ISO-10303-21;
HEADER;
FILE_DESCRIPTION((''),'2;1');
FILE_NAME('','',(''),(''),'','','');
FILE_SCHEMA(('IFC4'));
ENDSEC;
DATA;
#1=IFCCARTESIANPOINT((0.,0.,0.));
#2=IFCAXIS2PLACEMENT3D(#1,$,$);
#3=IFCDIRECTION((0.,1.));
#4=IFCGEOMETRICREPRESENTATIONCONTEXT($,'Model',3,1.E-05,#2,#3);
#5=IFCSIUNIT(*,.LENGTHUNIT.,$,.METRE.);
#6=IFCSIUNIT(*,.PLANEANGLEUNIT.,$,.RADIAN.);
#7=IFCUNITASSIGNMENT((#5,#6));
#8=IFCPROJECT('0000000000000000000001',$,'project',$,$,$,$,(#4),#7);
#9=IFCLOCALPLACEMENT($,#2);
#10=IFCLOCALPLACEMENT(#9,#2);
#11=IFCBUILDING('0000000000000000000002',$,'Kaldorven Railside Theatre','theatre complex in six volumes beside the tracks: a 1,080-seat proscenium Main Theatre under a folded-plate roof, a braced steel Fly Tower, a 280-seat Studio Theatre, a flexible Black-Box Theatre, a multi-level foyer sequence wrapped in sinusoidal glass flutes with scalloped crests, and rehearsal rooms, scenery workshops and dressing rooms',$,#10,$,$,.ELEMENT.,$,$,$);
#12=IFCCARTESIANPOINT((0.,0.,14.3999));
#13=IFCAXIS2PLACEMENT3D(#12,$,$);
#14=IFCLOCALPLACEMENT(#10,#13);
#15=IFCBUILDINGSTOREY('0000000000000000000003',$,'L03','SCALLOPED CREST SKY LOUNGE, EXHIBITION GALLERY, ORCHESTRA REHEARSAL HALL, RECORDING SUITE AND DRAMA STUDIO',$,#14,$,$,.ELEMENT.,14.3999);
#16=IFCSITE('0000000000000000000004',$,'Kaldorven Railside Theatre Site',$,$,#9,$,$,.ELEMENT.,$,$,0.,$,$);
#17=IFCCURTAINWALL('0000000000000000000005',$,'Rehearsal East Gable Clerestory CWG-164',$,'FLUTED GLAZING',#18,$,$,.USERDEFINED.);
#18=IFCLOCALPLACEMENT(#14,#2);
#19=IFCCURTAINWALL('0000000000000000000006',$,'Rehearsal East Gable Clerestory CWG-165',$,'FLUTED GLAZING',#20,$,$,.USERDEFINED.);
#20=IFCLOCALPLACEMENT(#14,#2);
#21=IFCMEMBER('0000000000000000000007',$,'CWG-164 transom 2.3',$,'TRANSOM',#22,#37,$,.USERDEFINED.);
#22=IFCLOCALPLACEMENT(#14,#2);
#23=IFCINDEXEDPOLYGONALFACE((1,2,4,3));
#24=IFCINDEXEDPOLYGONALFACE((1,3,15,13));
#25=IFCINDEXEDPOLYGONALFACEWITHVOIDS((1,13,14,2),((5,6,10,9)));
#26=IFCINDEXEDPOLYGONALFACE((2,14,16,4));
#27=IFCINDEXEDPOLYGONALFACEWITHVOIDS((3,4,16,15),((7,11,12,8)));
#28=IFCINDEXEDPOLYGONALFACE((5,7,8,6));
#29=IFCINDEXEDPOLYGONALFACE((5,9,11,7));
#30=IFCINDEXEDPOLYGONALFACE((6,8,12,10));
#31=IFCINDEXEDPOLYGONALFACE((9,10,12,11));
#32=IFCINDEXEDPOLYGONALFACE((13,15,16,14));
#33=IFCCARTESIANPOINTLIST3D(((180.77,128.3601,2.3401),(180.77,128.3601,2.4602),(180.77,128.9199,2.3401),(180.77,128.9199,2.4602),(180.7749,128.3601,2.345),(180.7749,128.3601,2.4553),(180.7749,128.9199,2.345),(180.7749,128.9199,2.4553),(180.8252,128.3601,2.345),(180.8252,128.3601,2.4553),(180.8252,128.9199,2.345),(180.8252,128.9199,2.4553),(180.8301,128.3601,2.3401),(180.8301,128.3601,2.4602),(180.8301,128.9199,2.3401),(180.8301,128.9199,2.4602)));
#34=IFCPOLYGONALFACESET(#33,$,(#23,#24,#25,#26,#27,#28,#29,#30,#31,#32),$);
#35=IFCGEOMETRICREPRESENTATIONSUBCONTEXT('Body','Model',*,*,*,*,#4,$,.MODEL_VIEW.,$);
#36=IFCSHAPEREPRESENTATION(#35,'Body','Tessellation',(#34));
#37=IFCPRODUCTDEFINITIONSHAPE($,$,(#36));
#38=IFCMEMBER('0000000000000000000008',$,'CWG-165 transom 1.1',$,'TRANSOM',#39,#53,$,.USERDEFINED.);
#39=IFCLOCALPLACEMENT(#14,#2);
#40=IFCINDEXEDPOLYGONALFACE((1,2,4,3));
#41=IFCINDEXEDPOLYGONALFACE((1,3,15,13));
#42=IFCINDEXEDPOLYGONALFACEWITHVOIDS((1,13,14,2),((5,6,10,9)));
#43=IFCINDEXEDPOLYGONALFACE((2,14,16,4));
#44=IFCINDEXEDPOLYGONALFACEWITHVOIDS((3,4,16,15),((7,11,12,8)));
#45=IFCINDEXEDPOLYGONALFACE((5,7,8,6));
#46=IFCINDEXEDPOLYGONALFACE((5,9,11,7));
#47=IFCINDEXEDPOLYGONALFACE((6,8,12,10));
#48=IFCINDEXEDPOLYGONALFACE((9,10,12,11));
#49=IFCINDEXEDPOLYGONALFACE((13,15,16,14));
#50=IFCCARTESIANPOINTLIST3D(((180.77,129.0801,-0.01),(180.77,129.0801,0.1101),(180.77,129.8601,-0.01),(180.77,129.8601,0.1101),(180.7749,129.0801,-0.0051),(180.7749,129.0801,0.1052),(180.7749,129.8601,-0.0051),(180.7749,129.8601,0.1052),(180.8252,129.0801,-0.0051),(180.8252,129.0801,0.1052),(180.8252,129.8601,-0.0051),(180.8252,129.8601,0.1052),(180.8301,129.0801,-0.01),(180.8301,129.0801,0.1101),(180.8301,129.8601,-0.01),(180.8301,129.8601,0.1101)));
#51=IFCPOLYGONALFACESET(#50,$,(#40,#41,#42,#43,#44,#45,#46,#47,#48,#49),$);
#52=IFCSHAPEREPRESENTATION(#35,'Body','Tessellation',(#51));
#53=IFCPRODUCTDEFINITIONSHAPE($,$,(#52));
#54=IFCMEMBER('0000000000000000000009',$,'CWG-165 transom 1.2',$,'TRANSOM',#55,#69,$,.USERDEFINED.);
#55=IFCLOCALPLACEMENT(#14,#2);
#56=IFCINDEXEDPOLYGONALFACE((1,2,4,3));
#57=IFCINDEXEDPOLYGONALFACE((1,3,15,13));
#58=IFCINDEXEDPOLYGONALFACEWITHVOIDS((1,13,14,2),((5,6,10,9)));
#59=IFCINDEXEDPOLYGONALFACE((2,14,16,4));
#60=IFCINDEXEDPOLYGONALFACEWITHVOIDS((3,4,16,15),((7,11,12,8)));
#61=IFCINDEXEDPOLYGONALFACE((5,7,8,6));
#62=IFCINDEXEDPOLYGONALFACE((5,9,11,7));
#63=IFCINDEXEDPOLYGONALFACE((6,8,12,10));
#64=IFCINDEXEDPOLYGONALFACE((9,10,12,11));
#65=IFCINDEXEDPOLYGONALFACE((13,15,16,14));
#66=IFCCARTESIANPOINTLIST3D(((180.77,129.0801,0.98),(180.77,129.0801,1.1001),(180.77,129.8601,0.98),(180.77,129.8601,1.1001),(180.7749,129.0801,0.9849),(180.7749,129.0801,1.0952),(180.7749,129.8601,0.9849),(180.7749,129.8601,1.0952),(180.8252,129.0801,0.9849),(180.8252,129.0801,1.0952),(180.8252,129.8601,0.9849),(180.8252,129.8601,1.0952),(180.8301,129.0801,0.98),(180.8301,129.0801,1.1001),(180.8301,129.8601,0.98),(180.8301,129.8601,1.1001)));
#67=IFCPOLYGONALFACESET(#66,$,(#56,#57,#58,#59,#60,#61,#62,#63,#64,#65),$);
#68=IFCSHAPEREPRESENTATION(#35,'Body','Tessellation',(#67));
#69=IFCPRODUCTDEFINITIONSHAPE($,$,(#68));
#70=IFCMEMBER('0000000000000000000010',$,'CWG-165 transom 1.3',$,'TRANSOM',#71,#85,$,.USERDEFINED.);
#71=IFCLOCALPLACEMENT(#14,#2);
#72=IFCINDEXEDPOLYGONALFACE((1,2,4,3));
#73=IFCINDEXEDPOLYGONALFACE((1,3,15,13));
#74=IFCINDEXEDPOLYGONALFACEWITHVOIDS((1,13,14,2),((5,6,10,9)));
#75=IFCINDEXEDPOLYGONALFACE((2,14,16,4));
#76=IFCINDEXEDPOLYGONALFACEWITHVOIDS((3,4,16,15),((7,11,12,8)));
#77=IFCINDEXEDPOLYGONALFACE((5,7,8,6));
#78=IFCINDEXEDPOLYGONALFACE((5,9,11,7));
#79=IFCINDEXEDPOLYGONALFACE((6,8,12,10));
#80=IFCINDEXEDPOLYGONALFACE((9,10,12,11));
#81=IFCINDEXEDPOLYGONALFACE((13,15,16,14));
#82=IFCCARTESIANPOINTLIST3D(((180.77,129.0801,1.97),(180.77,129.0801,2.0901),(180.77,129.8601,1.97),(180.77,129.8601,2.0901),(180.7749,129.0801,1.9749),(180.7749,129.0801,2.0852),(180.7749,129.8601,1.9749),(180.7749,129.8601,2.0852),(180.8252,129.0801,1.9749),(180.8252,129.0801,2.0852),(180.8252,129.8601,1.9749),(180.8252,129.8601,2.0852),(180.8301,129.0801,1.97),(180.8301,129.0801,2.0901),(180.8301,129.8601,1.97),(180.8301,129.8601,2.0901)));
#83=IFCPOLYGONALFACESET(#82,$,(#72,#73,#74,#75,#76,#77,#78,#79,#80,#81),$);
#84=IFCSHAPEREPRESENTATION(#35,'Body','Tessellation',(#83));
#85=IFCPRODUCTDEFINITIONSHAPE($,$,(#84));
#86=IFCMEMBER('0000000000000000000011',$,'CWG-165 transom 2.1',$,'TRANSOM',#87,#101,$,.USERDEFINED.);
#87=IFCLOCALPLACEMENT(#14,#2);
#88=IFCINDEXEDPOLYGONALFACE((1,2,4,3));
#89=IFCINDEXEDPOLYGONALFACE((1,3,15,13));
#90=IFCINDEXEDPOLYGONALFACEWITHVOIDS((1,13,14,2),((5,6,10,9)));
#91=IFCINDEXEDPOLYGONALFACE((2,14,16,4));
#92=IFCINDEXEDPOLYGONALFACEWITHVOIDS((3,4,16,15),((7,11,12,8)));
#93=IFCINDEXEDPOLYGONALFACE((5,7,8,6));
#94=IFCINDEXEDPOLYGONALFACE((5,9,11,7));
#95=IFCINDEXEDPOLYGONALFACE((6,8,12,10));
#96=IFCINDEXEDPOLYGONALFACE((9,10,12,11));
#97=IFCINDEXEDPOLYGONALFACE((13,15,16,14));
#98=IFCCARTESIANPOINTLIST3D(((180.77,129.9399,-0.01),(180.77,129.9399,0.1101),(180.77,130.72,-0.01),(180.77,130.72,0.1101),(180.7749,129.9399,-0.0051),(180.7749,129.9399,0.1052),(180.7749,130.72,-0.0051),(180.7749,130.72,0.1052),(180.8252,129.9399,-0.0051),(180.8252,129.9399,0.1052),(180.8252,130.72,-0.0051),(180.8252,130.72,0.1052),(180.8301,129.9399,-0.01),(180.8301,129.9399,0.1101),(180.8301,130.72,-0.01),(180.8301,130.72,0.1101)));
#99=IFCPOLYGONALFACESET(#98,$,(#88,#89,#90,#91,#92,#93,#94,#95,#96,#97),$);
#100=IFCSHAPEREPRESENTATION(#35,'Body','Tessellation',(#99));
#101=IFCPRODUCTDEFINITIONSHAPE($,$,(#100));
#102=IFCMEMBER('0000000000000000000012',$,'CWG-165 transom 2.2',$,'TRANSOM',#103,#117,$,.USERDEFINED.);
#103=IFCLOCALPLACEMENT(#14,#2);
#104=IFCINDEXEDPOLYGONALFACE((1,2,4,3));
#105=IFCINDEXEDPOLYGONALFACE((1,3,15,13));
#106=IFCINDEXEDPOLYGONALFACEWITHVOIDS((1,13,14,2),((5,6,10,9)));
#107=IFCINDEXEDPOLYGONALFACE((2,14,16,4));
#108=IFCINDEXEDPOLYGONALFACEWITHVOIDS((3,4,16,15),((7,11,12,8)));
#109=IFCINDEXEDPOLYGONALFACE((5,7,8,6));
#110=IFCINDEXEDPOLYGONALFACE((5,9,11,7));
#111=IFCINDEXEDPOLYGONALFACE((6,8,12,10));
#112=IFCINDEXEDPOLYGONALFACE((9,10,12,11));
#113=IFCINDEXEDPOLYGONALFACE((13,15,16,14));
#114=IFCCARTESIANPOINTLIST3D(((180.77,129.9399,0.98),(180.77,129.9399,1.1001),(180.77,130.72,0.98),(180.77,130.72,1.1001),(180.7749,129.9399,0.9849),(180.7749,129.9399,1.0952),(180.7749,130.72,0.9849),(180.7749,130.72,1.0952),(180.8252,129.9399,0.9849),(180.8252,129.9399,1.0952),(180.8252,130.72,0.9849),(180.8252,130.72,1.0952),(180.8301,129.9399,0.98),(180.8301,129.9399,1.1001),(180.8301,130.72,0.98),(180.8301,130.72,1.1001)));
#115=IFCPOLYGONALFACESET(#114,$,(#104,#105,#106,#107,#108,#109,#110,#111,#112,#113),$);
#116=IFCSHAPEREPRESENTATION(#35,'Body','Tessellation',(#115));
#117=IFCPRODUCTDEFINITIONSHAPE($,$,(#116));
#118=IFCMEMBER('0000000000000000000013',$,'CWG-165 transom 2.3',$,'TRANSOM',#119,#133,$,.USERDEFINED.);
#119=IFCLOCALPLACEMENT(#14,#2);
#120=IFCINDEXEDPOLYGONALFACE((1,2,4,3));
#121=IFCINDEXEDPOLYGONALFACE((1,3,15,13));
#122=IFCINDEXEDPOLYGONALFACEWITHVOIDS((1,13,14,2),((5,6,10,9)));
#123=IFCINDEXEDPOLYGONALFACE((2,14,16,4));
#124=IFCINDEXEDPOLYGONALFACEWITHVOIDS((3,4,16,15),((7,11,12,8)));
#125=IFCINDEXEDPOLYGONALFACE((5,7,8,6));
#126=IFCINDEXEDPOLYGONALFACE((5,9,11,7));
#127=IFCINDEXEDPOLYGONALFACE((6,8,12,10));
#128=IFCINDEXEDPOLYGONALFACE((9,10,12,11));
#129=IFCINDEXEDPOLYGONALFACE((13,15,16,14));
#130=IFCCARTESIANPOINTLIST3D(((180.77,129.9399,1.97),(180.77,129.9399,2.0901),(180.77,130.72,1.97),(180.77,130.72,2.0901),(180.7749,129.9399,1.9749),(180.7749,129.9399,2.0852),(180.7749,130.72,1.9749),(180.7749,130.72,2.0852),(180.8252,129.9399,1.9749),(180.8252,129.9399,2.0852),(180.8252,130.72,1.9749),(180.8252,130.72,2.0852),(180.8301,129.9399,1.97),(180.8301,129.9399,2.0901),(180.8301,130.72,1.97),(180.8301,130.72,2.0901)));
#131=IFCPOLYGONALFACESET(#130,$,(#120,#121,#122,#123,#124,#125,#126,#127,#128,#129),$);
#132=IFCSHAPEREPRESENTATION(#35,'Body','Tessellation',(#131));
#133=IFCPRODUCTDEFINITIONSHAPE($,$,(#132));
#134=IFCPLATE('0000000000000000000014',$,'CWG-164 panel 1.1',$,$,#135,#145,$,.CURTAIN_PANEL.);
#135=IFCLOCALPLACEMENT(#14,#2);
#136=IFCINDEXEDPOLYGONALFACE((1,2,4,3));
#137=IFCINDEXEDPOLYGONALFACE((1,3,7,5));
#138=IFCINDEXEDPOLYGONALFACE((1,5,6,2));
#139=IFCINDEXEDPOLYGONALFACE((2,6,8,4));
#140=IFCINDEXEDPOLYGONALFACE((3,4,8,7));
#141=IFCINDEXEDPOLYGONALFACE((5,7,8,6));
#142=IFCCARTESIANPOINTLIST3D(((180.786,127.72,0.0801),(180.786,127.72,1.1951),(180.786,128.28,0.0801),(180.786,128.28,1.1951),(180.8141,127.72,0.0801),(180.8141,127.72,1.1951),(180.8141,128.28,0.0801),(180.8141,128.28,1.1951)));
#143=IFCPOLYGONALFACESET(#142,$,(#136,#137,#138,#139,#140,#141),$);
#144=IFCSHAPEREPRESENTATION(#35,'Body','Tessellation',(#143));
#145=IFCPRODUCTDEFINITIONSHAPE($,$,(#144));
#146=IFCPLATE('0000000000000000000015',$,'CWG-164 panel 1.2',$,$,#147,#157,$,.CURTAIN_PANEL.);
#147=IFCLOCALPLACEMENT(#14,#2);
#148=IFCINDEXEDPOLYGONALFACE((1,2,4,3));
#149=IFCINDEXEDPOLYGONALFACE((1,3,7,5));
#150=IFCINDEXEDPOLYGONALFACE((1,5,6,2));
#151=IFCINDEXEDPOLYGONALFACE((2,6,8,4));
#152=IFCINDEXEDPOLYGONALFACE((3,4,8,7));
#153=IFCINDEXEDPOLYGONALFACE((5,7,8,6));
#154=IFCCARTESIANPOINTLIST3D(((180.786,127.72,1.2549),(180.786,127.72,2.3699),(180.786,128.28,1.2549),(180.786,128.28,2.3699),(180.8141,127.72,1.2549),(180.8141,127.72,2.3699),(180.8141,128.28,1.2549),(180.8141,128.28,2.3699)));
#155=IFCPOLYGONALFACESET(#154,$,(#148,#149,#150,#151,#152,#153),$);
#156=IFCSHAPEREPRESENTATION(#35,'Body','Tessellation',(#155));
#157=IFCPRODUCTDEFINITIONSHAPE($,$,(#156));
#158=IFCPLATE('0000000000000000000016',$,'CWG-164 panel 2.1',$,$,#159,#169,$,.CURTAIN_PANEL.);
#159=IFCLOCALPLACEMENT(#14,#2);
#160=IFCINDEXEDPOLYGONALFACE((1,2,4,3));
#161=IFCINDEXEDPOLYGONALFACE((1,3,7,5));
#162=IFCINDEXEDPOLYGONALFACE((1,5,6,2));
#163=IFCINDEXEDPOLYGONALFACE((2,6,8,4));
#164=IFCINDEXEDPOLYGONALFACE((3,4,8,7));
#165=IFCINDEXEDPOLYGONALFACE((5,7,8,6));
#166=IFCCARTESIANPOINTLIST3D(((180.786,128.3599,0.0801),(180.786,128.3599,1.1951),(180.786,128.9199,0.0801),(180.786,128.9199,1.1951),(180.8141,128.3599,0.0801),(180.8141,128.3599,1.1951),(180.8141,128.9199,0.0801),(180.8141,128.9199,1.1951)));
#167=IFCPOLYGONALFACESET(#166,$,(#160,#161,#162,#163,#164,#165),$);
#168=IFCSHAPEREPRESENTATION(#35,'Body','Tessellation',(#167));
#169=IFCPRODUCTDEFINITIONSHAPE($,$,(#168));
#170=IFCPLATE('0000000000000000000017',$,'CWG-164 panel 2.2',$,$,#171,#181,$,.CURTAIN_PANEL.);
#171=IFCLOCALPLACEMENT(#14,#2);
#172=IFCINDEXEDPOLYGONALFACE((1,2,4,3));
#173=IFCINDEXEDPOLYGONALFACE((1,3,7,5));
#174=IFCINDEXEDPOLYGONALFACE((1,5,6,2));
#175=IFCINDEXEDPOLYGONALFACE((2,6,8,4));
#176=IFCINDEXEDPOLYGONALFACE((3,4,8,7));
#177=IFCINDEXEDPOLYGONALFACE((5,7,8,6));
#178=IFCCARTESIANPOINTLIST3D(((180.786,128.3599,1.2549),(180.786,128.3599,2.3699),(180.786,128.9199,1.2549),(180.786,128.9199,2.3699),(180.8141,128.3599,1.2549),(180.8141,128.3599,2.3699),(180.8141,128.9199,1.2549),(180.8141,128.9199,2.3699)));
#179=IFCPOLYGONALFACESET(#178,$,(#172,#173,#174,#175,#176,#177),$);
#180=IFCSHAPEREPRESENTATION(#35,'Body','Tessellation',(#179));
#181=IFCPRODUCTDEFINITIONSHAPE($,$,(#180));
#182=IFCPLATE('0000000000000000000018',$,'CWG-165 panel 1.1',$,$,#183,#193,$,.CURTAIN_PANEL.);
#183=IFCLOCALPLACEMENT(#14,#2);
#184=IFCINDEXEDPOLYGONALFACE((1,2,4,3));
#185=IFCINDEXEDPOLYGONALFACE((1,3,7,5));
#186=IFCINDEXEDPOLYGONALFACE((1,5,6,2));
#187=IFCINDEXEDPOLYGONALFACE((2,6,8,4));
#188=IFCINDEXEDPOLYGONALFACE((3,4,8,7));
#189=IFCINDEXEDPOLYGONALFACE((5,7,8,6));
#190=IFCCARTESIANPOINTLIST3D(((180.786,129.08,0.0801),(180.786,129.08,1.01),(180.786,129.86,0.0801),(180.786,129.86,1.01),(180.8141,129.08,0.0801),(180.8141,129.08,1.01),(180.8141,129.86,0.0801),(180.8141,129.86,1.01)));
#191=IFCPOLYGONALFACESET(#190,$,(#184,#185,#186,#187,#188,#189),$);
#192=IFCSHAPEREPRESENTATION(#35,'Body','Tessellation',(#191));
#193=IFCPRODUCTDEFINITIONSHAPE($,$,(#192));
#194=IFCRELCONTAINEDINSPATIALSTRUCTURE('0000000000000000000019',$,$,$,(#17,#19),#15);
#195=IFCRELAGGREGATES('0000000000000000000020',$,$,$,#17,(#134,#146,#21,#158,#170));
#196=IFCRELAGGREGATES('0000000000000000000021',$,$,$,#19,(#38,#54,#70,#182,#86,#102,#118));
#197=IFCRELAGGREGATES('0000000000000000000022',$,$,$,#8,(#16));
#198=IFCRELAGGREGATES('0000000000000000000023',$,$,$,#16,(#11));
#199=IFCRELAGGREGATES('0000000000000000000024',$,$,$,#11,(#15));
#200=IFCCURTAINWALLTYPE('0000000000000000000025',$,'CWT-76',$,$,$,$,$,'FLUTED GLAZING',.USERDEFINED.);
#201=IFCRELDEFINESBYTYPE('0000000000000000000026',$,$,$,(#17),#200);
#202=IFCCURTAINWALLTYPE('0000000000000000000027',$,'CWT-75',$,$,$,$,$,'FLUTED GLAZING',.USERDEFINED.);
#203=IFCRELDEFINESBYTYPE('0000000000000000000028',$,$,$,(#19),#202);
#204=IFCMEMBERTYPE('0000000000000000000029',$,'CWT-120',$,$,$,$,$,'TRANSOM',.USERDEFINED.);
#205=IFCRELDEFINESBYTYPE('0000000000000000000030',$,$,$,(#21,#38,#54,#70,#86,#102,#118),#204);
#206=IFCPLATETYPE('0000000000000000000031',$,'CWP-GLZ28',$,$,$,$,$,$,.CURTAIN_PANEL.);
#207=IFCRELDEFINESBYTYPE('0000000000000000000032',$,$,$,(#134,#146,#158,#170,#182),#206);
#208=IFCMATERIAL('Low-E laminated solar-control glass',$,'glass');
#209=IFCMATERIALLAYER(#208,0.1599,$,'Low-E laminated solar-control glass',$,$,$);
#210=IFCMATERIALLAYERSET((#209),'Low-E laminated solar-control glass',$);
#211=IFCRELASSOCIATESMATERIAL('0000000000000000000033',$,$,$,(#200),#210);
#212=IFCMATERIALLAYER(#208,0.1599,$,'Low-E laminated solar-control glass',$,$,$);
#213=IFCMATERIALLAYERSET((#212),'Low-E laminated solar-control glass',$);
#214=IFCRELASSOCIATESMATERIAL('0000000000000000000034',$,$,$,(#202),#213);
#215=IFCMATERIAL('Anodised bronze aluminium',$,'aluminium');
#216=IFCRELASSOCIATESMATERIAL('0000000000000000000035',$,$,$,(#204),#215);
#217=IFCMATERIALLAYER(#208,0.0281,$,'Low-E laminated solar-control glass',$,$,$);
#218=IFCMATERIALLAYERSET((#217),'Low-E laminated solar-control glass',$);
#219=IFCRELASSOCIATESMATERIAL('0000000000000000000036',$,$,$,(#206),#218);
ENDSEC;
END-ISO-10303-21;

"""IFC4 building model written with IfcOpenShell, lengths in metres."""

from ifc_helpers import new_model, si_unit, direction, frame, origin, origin_2d, place, context, subcontext, project, spatial, rectangle, hollow_rectangle, extrude, material, layer, layer_set, material_profile, profile_set, type_object, element, aggregate, save


model = new_model("IFC4")

# Units and contexts
model_context = context("Model", 3, precision=1e-05, world=origin(), true_north=direction((0.0, 1.0)))
body_context = subcontext(model_context, "Body", "Model", "MODEL_VIEW")
ifc_project = project(units=[si_unit("LENGTHUNIT", "METRE"), si_unit("PLANEANGLEUNIT", "RADIAN")], contexts=[model_context])

# Site, building, storey
site_placement = place(None, origin())
site = spatial("IfcSite", under=ifc_project, at=site_placement, Name="Kaldorven Railside Theatre Site", CompositionType="ELEMENT", RefElevation=0.0)
building_placement = place(site_placement, origin())
building = spatial("IfcBuilding", under=site, at=building_placement, Name="Kaldorven Railside Theatre", Description="theatre complex in six volumes beside the tracks: a 1,080-seat proscenium Main Theatre under a folded-plate roof, a braced steel Fly Tower, a 280-seat Studio Theatre, a flexible Black-Box Theatre, a multi-level foyer sequence wrapped in sinusoidal glass flutes with scalloped crests, and rehearsal rooms, scenery workshops and dressing rooms", CompositionType="ELEMENT")
storey_placement = place(building_placement, frame((0.0, 0.0, 14.3999)))
storey = spatial("IfcBuildingStorey", under=building, at=storey_placement, Name="L03", Description="SCALLOPED CREST SKY LOUNGE, EXHIBITION GALLERY, ORCHESTRA REHEARSAL HALL, RECORDING SUITE AND DRAMA STUDIO", CompositionType="ELEMENT", Elevation=14.3999)

# Curtain walls
ifc_material_1 = material(Name="Low-E laminated solar-control glass", Category="glass")
ifc_layer_1 = layer(ifc_material_1, 0.1599, Name="Low-E laminated solar-control glass")
ifc_layer_set_1 = layer_set([ifc_layer_1], Name="Low-E laminated solar-control glass")
curtain_wall_type_1 = type_object("IfcCurtainWallType", Name="CWT-76", ElementType="FLUTED GLAZING", PredefinedType="USERDEFINED", material=ifc_layer_set_1)
curtain_wall_1_placement = place(storey_placement, origin())
curtain_wall_1 = element("IfcCurtainWall", 1, at=curtain_wall_1_placement, inside=storey, type_object=curtain_wall_type_1, Name="Rehearsal East Gable Clerestory CWG-164", ObjectType="FLUTED GLAZING", PredefinedType="USERDEFINED")
ifc_material_2 = material(Name="Anodised bronze aluminium", Category="aluminium")
ifc_layer_2 = layer(ifc_material_1, 0.1599, Name="Low-E laminated solar-control glass")
ifc_layer_set_2 = layer_set([ifc_layer_2], Name="Low-E laminated solar-control glass")
curtain_wall_type_2 = type_object("IfcCurtainWallType", Name="CWT-75", ElementType="FLUTED GLAZING", PredefinedType="USERDEFINED", material=ifc_layer_set_2)
curtain_wall_2_placement = place(storey_placement, origin())
curtain_wall_2 = element("IfcCurtainWall", 2, at=curtain_wall_2_placement, inside=storey, type_object=curtain_wall_type_2, Name="Rehearsal East Gable Clerestory CWG-165", ObjectType="FLUTED GLAZING", PredefinedType="USERDEFINED")

# Members
ifc_material_profile_1 = material_profile(ifc_material_2, hollow_rectangle(XDim=0.0601, YDim=0.1201, WallThickness=0.0049, at=origin_2d()), Name="RHS 120x60x5")
ifc_profile_set_1 = profile_set([ifc_material_profile_1], Name="Anodised bronze aluminium")
member_type_1 = type_object("IfcMemberType", Name="CWT-120", ElementType="TRANSOM", PredefinedType="USERDEFINED", material=ifc_profile_set_1)
member_1_placement = place(storey_placement, frame((180.8, 128.3601, 2.4001), z_axis=(0.0, 1.0, 0.0), x_axis=(-1.0, 0.0, 0.0)))
member_1 = element("IfcMember", 3, at=member_1_placement, type_object=member_type_1, Name="CWG-164 transom 2.3", ObjectType="TRANSOM", PredefinedType="USERDEFINED", context=body_context, shape_type="SweptSolid", body=[
    extrude(hollow_rectangle(XDim=0.0601, YDim=0.1201, WallThickness=0.0049, at=origin_2d()), origin(), (0.0, 0.0, 1.0), 0.5598),
])
member_2_placement = place(storey_placement, frame((180.8, 129.0801, 0.05), z_axis=(0.0, 1.0, 0.0), x_axis=(-1.0, 0.0, 0.0)))
member_2 = element("IfcMember", 4, at=member_2_placement, type_object=member_type_1, Name="CWG-165 transom 1.1", ObjectType="TRANSOM", PredefinedType="USERDEFINED", context=body_context, shape_type="SweptSolid", body=[
    extrude(hollow_rectangle(XDim=0.0601, YDim=0.1201, WallThickness=0.0049, at=origin_2d()), origin(), (0.0, 0.0, 1.0), 0.78),
])
member_3_placement = place(storey_placement, frame((180.8, 129.0801, 1.04), z_axis=(0.0, 1.0, 0.0), x_axis=(-1.0, 0.0, 0.0)))
member_3 = element("IfcMember", 5, at=member_3_placement, type_object=member_type_1, Name="CWG-165 transom 1.2", ObjectType="TRANSOM", PredefinedType="USERDEFINED", context=body_context, shape_type="SweptSolid", body=[
    extrude(hollow_rectangle(XDim=0.0601, YDim=0.1201, WallThickness=0.0049, at=origin_2d()), origin(), (0.0, 0.0, 1.0), 0.78),
])
member_4_placement = place(storey_placement, frame((180.8, 129.0801, 2.03), z_axis=(0.0, 1.0, 0.0), x_axis=(-1.0, 0.0, 0.0)))
member_4 = element("IfcMember", 6, at=member_4_placement, type_object=member_type_1, Name="CWG-165 transom 1.3", ObjectType="TRANSOM", PredefinedType="USERDEFINED", context=body_context, shape_type="SweptSolid", body=[
    extrude(hollow_rectangle(XDim=0.0601, YDim=0.1201, WallThickness=0.0049, at=origin_2d()), origin(), (0.0, 0.0, 1.0), 0.78),
])
member_5_placement = place(storey_placement, frame((180.8, 129.9399, 0.05), z_axis=(0.0, 1.0, 0.0), x_axis=(-1.0, 0.0, 0.0)))
member_5 = element("IfcMember", 7, at=member_5_placement, type_object=member_type_1, Name="CWG-165 transom 2.1", ObjectType="TRANSOM", PredefinedType="USERDEFINED", context=body_context, shape_type="SweptSolid", body=[
    extrude(hollow_rectangle(XDim=0.0601, YDim=0.1201, WallThickness=0.0049, at=origin_2d()), origin(), (0.0, 0.0, 1.0), 0.78),
])
member_6_placement = place(storey_placement, frame((180.8, 129.9399, 1.04), z_axis=(0.0, 1.0, 0.0), x_axis=(-1.0, 0.0, 0.0)))
member_6 = element("IfcMember", 8, at=member_6_placement, type_object=member_type_1, Name="CWG-165 transom 2.2", ObjectType="TRANSOM", PredefinedType="USERDEFINED", context=body_context, shape_type="SweptSolid", body=[
    extrude(hollow_rectangle(XDim=0.0601, YDim=0.1201, WallThickness=0.0049, at=origin_2d()), origin(), (0.0, 0.0, 1.0), 0.78),
])
member_7_placement = place(storey_placement, frame((180.8, 129.9399, 2.03), z_axis=(0.0, 1.0, 0.0), x_axis=(-1.0, 0.0, 0.0)))
member_7 = element("IfcMember", 9, at=member_7_placement, type_object=member_type_1, Name="CWG-165 transom 2.3", ObjectType="TRANSOM", PredefinedType="USERDEFINED", context=body_context, shape_type="SweptSolid", body=[
    extrude(hollow_rectangle(XDim=0.0601, YDim=0.1201, WallThickness=0.0049, at=origin_2d()), origin(), (0.0, 0.0, 1.0), 0.78),
])

# Plates
ifc_layer_3 = layer(ifc_material_1, 0.0281, Name="Low-E laminated solar-control glass")
ifc_layer_set_3 = layer_set([ifc_layer_3], Name="Low-E laminated solar-control glass")
plate_type = type_object("IfcPlateType", Name="CWP-GLZ28", PredefinedType="CURTAIN_PANEL", material=ifc_layer_set_3)
plate_1_placement = place(storey_placement, frame((180.8, 128.0, 0.0801), z_axis=(0.0, 0.0, 1.0), x_axis=(0.0, 1.0, 0.0)))
plate_1 = element("IfcPlate", 10, at=plate_1_placement, type_object=plate_type, Name="CWG-164 panel 1.1", PredefinedType="CURTAIN_PANEL", context=body_context, shape_type="SweptSolid", body=[
    extrude(rectangle(XDim=0.5601, YDim=0.0281, at=origin_2d()), origin(), (0.0, 0.0, 1.0), 1.115),
])
plate_2_placement = place(storey_placement, frame((180.8, 128.0, 1.2549), z_axis=(0.0, 0.0, 1.0), x_axis=(0.0, 1.0, 0.0)))
plate_2 = element("IfcPlate", 11, at=plate_2_placement, type_object=plate_type, Name="CWG-164 panel 1.2", PredefinedType="CURTAIN_PANEL", context=body_context, shape_type="SweptSolid", body=[
    extrude(rectangle(XDim=0.5601, YDim=0.0281, at=origin_2d()), origin(), (0.0, 0.0, 1.0), 1.115),
])
plate_3_placement = place(storey_placement, frame((180.8, 128.6399, 0.0801), z_axis=(0.0, 0.0, 1.0), x_axis=(0.0, 1.0, 0.0)))
plate_3 = element("IfcPlate", 12, at=plate_3_placement, type_object=plate_type, Name="CWG-164 panel 2.1", PredefinedType="CURTAIN_PANEL", context=body_context, shape_type="SweptSolid", body=[
    extrude(rectangle(XDim=0.5601, YDim=0.0281, at=origin_2d()), origin(), (0.0, 0.0, 1.0), 1.115),
])
plate_4_placement = place(storey_placement, frame((180.8, 128.6399, 1.2549), z_axis=(0.0, 0.0, 1.0), x_axis=(0.0, 1.0, 0.0)))
plate_4 = element("IfcPlate", 13, at=plate_4_placement, type_object=plate_type, Name="CWG-164 panel 2.2", PredefinedType="CURTAIN_PANEL", context=body_context, shape_type="SweptSolid", body=[
    extrude(rectangle(XDim=0.5601, YDim=0.0281, at=origin_2d()), origin(), (0.0, 0.0, 1.0), 1.115),
])
aggregate(curtain_wall_1, [plate_1, plate_2, member_1, plate_3, plate_4])
plate_5_placement = place(storey_placement, frame((180.8, 129.47, 0.0801), z_axis=(0.0, 0.0, 1.0), x_axis=(0.0, 1.0, 0.0)))
plate_5 = element("IfcPlate", 14, at=plate_5_placement, type_object=plate_type, Name="CWG-165 panel 1.1", PredefinedType="CURTAIN_PANEL", context=body_context, shape_type="SweptSolid", body=[
    extrude(rectangle(XDim=0.78, YDim=0.0281, at=origin_2d()), origin(), (0.0, 0.0, 1.0), 0.9299),
])
aggregate(curtain_wall_2, [member_2, member_3, member_4, plate_5, member_5, member_6, member_7])

save(model, "model.ifc")
